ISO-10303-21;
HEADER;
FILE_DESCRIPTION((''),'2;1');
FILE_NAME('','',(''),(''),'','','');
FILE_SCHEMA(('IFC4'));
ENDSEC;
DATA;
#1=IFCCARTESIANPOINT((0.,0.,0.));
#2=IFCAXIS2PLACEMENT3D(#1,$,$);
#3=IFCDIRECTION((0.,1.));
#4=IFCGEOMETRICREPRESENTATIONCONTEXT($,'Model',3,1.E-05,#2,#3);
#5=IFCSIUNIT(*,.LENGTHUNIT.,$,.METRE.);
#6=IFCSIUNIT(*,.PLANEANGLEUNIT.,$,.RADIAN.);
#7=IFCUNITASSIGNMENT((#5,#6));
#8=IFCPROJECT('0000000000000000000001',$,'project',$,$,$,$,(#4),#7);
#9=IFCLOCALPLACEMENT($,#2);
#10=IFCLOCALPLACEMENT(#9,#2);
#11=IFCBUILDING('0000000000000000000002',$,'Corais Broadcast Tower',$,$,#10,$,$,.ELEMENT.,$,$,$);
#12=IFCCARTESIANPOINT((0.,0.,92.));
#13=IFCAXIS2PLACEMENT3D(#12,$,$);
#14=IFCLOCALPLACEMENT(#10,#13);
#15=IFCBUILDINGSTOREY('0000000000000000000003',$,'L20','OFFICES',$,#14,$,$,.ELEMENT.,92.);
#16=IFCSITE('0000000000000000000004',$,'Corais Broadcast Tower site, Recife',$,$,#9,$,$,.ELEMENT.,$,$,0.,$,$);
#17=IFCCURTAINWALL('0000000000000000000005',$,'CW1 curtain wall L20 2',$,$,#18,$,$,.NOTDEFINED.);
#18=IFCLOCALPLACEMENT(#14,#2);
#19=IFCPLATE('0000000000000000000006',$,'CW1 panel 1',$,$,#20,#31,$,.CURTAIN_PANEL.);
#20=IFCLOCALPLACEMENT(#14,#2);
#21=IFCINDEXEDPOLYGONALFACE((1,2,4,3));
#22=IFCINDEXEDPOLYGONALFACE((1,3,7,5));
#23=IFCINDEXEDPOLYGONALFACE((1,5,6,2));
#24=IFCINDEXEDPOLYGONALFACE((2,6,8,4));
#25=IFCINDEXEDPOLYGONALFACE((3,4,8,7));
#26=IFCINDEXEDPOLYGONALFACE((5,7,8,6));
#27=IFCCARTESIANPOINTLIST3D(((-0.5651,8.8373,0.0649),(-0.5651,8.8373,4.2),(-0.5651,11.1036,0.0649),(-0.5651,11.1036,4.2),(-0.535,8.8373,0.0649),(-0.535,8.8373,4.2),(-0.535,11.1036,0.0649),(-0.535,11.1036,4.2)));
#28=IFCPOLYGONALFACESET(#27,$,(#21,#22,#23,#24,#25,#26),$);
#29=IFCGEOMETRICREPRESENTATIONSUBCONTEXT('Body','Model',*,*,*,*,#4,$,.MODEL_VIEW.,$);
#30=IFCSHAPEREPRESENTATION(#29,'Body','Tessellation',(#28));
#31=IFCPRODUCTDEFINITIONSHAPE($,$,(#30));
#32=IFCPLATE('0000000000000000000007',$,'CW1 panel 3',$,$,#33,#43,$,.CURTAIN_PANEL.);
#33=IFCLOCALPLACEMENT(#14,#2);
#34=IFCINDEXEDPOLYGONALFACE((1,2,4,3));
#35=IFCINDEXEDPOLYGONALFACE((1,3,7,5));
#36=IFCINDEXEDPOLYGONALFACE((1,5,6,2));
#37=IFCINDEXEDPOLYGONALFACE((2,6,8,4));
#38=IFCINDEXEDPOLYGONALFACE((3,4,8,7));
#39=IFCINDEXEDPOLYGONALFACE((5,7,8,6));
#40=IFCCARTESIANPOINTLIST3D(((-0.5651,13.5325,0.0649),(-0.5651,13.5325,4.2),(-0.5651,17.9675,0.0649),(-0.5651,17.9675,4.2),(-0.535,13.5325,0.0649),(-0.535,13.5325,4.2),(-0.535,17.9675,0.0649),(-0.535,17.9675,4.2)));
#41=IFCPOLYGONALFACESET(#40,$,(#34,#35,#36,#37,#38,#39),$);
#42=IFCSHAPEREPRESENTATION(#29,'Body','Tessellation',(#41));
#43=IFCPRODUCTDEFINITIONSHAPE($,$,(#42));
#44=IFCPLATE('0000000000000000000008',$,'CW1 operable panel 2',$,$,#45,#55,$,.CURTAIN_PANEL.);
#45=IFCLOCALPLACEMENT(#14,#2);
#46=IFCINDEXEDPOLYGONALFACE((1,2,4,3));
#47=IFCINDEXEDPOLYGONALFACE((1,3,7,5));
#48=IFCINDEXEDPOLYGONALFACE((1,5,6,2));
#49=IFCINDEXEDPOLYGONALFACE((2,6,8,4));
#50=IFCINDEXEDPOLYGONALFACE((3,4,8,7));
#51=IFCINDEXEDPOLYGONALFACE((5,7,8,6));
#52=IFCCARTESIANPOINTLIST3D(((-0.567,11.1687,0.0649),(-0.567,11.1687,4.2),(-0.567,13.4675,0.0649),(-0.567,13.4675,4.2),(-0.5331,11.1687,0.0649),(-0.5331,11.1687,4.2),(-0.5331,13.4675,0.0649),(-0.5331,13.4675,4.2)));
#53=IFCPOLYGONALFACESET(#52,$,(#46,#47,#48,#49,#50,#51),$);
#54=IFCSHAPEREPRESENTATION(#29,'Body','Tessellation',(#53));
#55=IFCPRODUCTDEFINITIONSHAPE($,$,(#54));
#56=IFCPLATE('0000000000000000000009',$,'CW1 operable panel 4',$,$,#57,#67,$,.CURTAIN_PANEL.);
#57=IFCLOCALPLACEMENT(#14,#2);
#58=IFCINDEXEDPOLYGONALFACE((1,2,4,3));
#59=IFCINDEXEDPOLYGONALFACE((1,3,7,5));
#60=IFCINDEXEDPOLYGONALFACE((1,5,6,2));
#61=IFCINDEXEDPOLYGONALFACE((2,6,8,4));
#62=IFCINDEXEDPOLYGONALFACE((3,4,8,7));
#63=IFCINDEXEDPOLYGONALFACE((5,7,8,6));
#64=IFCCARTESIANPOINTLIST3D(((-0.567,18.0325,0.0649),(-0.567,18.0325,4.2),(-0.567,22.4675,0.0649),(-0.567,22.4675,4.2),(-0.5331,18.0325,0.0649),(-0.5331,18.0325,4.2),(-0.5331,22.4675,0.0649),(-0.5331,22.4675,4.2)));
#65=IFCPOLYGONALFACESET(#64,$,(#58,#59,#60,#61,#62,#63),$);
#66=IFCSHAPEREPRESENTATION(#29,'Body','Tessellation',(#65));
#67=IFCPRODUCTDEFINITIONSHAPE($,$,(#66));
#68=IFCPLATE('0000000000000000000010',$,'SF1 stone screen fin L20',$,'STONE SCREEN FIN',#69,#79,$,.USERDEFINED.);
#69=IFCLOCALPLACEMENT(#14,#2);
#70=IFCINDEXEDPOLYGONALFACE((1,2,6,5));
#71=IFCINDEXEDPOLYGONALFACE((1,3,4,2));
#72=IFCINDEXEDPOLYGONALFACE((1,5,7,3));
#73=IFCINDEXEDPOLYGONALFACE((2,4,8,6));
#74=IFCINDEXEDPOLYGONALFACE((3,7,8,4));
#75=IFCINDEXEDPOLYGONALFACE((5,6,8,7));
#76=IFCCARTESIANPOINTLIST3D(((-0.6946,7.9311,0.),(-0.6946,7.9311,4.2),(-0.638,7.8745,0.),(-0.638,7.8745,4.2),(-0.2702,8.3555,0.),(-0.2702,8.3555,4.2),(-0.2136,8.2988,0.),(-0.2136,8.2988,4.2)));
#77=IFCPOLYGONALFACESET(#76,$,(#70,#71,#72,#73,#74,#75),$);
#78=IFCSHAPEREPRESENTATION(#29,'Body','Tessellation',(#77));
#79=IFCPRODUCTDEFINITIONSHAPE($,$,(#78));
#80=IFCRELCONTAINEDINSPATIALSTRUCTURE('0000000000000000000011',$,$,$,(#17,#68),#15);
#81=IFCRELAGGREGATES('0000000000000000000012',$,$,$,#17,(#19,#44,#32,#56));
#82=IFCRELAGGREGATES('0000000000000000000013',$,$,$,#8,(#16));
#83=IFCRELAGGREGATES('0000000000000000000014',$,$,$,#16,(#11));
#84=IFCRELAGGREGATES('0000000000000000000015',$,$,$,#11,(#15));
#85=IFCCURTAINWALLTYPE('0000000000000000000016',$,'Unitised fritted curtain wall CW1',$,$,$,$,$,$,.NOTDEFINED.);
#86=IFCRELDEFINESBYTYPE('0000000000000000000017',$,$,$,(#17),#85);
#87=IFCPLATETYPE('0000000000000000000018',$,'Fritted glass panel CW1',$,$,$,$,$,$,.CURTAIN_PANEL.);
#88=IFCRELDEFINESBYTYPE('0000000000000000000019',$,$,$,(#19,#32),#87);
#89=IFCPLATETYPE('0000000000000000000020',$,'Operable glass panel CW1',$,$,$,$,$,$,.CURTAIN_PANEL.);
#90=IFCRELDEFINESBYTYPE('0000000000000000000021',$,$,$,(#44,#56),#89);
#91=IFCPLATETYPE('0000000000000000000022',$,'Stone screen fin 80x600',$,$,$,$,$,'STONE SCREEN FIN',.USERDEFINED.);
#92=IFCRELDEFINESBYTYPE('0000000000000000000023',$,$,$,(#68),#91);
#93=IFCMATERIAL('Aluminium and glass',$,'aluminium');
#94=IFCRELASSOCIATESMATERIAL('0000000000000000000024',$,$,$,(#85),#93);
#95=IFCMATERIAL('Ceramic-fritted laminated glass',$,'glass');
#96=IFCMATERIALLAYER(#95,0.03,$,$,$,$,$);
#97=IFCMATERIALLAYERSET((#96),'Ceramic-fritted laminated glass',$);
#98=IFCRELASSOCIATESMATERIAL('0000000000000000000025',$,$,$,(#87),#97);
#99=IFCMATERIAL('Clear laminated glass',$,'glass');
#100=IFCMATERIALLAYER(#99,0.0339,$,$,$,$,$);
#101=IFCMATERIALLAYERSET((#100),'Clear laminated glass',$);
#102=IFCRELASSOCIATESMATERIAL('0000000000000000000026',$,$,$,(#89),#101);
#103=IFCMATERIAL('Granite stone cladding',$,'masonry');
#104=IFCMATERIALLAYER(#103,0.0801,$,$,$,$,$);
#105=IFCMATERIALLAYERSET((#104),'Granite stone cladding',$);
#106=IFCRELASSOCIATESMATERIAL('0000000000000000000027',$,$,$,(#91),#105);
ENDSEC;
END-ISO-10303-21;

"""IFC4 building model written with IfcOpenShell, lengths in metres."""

from ifc_helpers import new_model, si_unit, direction, frame, origin, origin_2d, place, context, subcontext, project, spatial, rectangle, extrude, material, layer, layer_set, type_object, element, aggregate, save


model = new_model("IFC4")

# Units and contexts
model_context = context("Model", 3, precision=1e-05, world=origin(), true_north=direction((0.0, 1.0)))
body_context = subcontext(model_context, "Body", "Model", "MODEL_VIEW")
ifc_project = project(units=[si_unit("LENGTHUNIT", "METRE"), si_unit("PLANEANGLEUNIT", "RADIAN")], contexts=[model_context])

# Site, building, storey
site_placement = place(None, origin())
site = spatial("IfcSite", under=ifc_project, at=site_placement, Name="Corais Broadcast Tower site, Recife", CompositionType="ELEMENT", RefElevation=0.0)
building_placement = place(site_placement, origin())
building = spatial("IfcBuilding", under=site, at=building_placement, Name="Corais Broadcast Tower", CompositionType="ELEMENT")
storey_placement = place(building_placement, frame((0.0, 0.0, 92.0)))
storey = spatial("IfcBuildingStorey", under=building, at=storey_placement, Name="L20", Description="OFFICES", CompositionType="ELEMENT", Elevation=92.0)

# Shared definitions
ifc_material_1 = material(Name="Aluminium and glass", Category="aluminium")
curtain_wall_type = type_object("IfcCurtainWallType", Name="Unitised fritted curtain wall CW1", PredefinedType="NOTDEFINED", material=ifc_material_1)

# Curtain wall
curtain_wall_1_placement = place(storey_placement, origin())
curtain_wall_1 = element("IfcCurtainWall", 1, at=curtain_wall_1_placement, inside=storey, type_object=curtain_wall_type, Name="CW1 curtain wall L20 2", PredefinedType="NOTDEFINED")

# Plates
ifc_material_2 = material(Name="Ceramic-fritted laminated glass", Category="glass")
ifc_layer_1 = layer(ifc_material_2, 0.03)
ifc_layer_set_1 = layer_set([ifc_layer_1], Name="Ceramic-fritted laminated glass")
plate_type_1 = type_object("IfcPlateType", Name="Fritted glass panel CW1", PredefinedType="CURTAIN_PANEL", material=ifc_layer_set_1)
plate_1_placement = place(storey_placement, frame((-0.55, 9.9705, 0.0649), z_axis=(0.0, 0.0, 1.0), x_axis=(0.0, 1.0, 0.0)))
plate_1 = element("IfcPlate", 2, at=plate_1_placement, type_object=plate_type_1, Name="CW1 panel 1", PredefinedType="CURTAIN_PANEL", context=body_context, shape_type="SweptSolid", body=[
    extrude(rectangle(XDim=2.2664, YDim=0.03, at=origin_2d()), origin(), (0.0, 0.0, 1.0), 4.135),
])
plate_2_placement = place(storey_placement, frame((-0.55, 15.75, 0.0649), z_axis=(0.0, 0.0, 1.0), x_axis=(0.0, 1.0, 0.0)))
plate_2 = element("IfcPlate", 3, at=plate_2_placement, type_object=plate_type_1, Name="CW1 panel 3", PredefinedType="CURTAIN_PANEL", context=body_context, shape_type="SweptSolid", body=[
    extrude(rectangle(XDim=4.4351, YDim=0.03, at=origin_2d()), origin(), (0.0, 0.0, 1.0), 4.135),
])
ifc_material_3 = material(Name="Clear laminated glass", Category="glass")
ifc_layer_2 = layer(ifc_material_3, 0.0339)
ifc_layer_set_2 = layer_set([ifc_layer_2], Name="Clear laminated glass")
plate_type_2 = type_object("IfcPlateType", Name="Operable glass panel CW1", PredefinedType="CURTAIN_PANEL", material=ifc_layer_set_2)
plate_3_placement = place(storey_placement, frame((-0.55, 12.3181, 0.0649), z_axis=(0.0, 0.0, 1.0), x_axis=(0.0, 1.0, 0.0)))
plate_3 = element("IfcPlate", 4, at=plate_3_placement, type_object=plate_type_2, Name="CW1 operable panel 2", PredefinedType="CURTAIN_PANEL", context=body_context, shape_type="SweptSolid", body=[
    extrude(rectangle(XDim=2.2988, YDim=0.0339, at=origin_2d()), origin(), (0.0, 0.0, 1.0), 4.135),
])
plate_4_placement = place(storey_placement, frame((-0.55, 20.25, 0.0649), z_axis=(0.0, 0.0, 1.0), x_axis=(0.0, 1.0, 0.0)))
plate_4 = element("IfcPlate", 5, at=plate_4_placement, type_object=plate_type_2, Name="CW1 operable panel 4", PredefinedType="CURTAIN_PANEL", context=body_context, shape_type="SweptSolid", body=[
    extrude(rectangle(XDim=4.4351, YDim=0.0339, at=origin_2d()), origin(), (0.0, 0.0, 1.0), 4.135),
])
aggregate(curtain_wall_1, [plate_1, plate_3, plate_2, plate_4])
ifc_material_4 = material(Name="Granite stone cladding", Category="masonry")
ifc_layer_3 = layer(ifc_material_4, 0.0801)
ifc_layer_set_3 = layer_set([ifc_layer_3], Name="Granite stone cladding")
plate_type_3 = type_object("IfcPlateType", Name="Stone screen fin 80x600", ElementType="STONE SCREEN FIN", PredefinedType="USERDEFINED", material=ifc_layer_set_3)
plate_5_placement = place(storey_placement, frame((-0.4541, 8.115, 0.0), z_axis=(0.0, 0.0, 1.0), x_axis=(-0.707107, 0.707107, 0.0)))
element("IfcPlate", 6, at=plate_5_placement, inside=storey, type_object=plate_type_3, Name="SF1 stone screen fin L20", ObjectType="STONE SCREEN FIN", PredefinedType="USERDEFINED", context=body_context, shape_type="SweptSolid", body=[
    extrude(rectangle(XDim=0.0801, YDim=0.6001, at=origin_2d()), origin(), (0.0, 0.0, 1.0), 4.2),
])

save(model, "model.ifc")
